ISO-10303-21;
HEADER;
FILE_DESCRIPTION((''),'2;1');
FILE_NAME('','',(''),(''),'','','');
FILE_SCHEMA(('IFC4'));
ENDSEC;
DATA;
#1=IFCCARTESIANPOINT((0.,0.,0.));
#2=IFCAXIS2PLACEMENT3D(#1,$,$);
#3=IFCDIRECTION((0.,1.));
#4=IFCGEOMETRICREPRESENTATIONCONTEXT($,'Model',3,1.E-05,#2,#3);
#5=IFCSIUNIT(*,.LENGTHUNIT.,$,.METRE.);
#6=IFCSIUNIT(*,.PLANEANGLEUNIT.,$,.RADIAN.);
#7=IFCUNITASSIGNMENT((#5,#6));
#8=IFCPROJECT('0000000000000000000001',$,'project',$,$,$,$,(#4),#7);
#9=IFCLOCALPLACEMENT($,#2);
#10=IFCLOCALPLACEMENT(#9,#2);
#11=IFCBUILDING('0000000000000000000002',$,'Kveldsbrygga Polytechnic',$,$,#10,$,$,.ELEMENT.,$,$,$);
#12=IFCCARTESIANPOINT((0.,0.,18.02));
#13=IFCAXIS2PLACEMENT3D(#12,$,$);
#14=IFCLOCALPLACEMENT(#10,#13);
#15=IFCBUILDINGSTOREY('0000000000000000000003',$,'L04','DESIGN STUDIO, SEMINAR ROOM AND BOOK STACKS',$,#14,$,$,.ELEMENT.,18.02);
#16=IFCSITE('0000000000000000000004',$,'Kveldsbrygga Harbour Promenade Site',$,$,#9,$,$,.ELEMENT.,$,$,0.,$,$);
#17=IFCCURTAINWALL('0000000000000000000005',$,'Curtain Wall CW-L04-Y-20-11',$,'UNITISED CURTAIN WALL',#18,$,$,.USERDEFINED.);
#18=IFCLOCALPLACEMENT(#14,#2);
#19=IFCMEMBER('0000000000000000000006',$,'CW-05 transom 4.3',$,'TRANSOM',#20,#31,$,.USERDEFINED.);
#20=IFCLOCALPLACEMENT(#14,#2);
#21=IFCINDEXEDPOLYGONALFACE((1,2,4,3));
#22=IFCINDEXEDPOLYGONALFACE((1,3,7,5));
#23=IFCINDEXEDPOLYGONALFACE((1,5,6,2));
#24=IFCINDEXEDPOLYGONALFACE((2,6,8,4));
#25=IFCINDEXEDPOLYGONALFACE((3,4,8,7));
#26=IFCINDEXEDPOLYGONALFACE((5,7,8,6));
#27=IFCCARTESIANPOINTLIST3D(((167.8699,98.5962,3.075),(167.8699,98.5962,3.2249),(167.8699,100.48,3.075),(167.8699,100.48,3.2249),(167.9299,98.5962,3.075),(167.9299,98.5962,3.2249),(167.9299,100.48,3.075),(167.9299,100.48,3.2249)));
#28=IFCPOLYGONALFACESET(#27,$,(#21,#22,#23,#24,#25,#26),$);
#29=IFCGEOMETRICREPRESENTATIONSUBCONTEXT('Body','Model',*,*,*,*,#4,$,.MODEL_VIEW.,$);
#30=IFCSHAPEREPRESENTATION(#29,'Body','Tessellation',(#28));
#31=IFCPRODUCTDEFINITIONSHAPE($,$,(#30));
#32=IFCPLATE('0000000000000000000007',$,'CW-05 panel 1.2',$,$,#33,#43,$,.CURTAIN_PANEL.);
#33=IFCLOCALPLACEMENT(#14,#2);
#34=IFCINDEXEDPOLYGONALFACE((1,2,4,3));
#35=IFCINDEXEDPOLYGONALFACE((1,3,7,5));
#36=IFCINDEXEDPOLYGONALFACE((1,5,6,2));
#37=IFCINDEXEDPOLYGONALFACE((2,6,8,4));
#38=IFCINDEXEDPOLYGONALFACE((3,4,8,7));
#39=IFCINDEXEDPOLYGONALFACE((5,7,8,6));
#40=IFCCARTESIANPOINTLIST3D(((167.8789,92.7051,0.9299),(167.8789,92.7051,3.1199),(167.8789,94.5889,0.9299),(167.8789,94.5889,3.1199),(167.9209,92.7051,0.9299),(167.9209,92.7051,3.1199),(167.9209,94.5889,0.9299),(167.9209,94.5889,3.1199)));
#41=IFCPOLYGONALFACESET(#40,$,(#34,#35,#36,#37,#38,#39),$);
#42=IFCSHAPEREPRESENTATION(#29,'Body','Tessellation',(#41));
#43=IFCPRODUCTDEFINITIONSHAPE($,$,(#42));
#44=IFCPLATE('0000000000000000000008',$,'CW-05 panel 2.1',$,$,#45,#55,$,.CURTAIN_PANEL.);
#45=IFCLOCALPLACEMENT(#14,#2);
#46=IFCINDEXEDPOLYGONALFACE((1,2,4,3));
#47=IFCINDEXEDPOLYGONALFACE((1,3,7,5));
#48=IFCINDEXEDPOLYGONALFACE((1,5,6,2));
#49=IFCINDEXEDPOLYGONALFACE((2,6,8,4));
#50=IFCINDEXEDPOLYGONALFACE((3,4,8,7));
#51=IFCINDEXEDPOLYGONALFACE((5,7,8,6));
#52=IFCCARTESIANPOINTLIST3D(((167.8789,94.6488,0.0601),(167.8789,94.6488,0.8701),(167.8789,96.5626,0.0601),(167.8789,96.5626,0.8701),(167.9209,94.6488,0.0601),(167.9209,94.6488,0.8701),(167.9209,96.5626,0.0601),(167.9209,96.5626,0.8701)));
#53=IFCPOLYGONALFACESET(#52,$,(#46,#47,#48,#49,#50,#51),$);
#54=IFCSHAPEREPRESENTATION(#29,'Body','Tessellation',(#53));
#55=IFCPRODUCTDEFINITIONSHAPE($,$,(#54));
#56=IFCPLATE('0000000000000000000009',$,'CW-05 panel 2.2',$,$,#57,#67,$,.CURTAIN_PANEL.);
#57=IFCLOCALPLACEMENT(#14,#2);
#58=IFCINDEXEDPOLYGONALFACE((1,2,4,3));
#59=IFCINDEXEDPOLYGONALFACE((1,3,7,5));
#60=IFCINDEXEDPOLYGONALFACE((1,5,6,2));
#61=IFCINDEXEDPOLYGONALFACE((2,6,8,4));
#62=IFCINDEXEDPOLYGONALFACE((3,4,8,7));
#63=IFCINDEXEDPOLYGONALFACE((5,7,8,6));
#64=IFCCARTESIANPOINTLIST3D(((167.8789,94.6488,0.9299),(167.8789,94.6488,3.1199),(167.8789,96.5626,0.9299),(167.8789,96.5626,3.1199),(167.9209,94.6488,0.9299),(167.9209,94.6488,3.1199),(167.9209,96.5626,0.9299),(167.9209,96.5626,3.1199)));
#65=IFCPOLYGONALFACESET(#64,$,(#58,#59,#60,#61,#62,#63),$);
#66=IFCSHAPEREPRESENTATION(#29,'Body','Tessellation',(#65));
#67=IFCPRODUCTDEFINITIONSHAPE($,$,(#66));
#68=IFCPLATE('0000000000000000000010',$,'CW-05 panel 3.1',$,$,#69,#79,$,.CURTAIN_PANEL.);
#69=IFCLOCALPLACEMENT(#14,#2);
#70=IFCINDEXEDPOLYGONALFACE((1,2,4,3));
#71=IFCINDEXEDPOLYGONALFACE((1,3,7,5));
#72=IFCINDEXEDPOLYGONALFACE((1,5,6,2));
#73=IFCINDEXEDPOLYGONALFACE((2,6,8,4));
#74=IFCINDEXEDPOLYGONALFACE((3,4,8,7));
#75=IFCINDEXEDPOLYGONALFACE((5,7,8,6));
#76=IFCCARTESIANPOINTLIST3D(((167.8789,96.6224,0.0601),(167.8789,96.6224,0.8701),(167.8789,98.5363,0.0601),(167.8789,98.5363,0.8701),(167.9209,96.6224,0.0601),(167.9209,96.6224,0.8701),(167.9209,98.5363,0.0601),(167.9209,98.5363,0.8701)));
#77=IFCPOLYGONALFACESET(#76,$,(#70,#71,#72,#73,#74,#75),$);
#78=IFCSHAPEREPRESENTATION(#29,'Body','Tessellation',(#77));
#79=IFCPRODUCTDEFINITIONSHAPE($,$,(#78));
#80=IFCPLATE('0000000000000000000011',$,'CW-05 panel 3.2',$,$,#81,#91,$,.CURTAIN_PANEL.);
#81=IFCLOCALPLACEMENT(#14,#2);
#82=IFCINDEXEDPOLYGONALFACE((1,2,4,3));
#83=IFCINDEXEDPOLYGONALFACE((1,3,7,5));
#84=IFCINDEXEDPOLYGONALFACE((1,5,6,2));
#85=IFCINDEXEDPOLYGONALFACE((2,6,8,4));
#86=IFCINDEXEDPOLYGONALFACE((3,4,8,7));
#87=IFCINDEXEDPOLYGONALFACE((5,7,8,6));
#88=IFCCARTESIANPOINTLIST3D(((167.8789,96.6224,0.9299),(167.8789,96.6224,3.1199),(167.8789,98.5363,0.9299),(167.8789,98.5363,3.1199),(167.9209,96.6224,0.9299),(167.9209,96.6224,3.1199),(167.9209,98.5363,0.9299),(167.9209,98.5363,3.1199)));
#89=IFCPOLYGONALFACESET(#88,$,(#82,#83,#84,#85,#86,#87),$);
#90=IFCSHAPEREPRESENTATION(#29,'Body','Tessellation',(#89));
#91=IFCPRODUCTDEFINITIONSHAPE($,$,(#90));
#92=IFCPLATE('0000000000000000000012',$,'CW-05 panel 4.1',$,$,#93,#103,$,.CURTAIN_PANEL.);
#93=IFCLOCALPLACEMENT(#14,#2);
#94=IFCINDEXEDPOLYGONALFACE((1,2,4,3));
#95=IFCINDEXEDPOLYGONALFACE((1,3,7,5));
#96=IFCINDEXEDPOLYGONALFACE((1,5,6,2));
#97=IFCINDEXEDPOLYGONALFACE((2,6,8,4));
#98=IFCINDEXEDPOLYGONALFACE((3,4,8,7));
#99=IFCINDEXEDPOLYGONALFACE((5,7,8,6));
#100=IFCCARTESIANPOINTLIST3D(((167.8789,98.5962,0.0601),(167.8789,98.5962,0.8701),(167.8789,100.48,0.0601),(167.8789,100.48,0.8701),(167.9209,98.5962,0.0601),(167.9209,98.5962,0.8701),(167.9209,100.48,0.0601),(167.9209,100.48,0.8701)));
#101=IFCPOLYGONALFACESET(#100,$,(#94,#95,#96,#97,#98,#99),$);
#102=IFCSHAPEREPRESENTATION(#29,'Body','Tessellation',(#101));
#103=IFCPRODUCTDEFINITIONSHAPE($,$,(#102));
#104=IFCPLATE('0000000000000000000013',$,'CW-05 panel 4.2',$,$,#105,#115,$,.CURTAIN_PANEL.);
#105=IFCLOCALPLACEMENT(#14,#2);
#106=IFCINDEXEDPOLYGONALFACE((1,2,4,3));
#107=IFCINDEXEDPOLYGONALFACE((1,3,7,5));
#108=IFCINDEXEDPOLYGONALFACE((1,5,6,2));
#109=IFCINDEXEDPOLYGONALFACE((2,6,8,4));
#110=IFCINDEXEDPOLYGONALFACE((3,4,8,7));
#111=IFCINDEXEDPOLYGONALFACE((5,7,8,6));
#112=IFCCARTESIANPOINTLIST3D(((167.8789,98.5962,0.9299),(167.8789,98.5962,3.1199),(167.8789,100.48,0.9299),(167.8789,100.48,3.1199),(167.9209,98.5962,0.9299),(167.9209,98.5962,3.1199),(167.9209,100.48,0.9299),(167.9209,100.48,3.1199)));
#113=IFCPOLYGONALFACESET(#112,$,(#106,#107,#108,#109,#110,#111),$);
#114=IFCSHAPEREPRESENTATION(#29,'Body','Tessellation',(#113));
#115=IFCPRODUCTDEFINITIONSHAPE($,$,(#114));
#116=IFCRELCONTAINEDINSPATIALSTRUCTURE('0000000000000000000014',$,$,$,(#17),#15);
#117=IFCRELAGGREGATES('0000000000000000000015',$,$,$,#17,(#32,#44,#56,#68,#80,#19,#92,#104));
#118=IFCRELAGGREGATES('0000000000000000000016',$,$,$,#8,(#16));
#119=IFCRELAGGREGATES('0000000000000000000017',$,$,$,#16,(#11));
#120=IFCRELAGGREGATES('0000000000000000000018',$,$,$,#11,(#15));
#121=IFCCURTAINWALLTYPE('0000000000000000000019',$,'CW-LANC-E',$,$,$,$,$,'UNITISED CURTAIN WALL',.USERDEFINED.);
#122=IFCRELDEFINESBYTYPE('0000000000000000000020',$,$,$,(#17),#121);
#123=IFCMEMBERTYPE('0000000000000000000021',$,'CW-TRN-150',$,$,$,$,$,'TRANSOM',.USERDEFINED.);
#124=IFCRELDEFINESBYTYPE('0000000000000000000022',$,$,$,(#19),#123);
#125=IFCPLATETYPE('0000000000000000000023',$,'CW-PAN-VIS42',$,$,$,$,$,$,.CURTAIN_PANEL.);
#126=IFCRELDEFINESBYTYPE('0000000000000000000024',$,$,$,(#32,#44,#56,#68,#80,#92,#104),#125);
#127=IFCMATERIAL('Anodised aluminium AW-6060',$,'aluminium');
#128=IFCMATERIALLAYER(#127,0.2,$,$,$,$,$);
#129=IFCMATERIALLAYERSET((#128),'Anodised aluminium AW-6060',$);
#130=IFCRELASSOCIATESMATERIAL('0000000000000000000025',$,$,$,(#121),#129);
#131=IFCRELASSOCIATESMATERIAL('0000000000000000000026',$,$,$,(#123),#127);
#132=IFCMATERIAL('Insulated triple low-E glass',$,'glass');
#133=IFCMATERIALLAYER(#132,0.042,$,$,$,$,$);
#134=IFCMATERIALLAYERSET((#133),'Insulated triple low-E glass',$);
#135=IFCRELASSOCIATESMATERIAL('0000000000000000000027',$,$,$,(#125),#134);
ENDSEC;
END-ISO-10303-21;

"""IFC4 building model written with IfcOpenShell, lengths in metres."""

from ifc_helpers import new_model, si_unit, direction, frame, origin, origin_2d, place, context, subcontext, project, spatial, rectangle, extrude, material, layer, layer_set, material_profile, profile_set, type_object, element, aggregate, save


model = new_model("IFC4")

# Units and contexts
model_context = context("Model", 3, precision=1e-05, world=origin(), true_north=direction((0.0, 1.0)))
body_context = subcontext(model_context, "Body", "Model", "MODEL_VIEW")
ifc_project = project(units=[si_unit("LENGTHUNIT", "METRE"), si_unit("PLANEANGLEUNIT", "RADIAN")], contexts=[model_context])

# Site, building, storey
site_placement = place(None, origin())
site = spatial("IfcSite", under=ifc_project, at=site_placement, Name="Kveldsbrygga Harbour Promenade Site", CompositionType="ELEMENT", RefElevation=0.0)
building_placement = place(site_placement, origin())
building = spatial("IfcBuilding", under=site, at=building_placement, Name="Kveldsbrygga Polytechnic", CompositionType="ELEMENT")
storey_placement = place(building_placement, frame((0.0, 0.0, 18.02)))
storey = spatial("IfcBuildingStorey", under=building, at=storey_placement, Name="L04", Description="DESIGN STUDIO, SEMINAR ROOM AND BOOK STACKS", CompositionType="ELEMENT", Elevation=18.02)

# Curtain wall, member, plates
ifc_material_1 = material(Name="Anodised aluminium AW-6060", Category="aluminium")
ifc_layer_1 = layer(ifc_material_1, 0.2)
ifc_layer_set_1 = layer_set([ifc_layer_1], Name="Anodised aluminium AW-6060")
curtain_wall_type = type_object("IfcCurtainWallType", Name="CW-LANC-E", ElementType="UNITISED CURTAIN WALL", PredefinedType="USERDEFINED", material=ifc_layer_set_1)
curtain_wall_placement = place(storey_placement, origin())
curtain_wall = element("IfcCurtainWall", 1, at=curtain_wall_placement, inside=storey, type_object=curtain_wall_type, Name="Curtain Wall CW-L04-Y-20-11", ObjectType="UNITISED CURTAIN WALL", PredefinedType="USERDEFINED")
ifc_material_profile_1 = material_profile(ifc_material_1, rectangle(XDim=0.0601, YDim=0.1499, at=origin_2d()), Name="ALU 60x150")
ifc_profile_set_1 = profile_set([ifc_material_profile_1], Name="Anodised aluminium AW-6060")
member_type_1 = type_object("IfcMemberType", Name="CW-TRN-150", ElementType="TRANSOM", PredefinedType="USERDEFINED", material=ifc_profile_set_1)
member_1_placement = place(storey_placement, frame((167.8999, 98.5962, 3.1499), z_axis=(0.0, 1.0, 0.0), x_axis=(-1.0, 0.0, 0.0)))
member_1 = element("IfcMember", 2, at=member_1_placement, type_object=member_type_1, Name="CW-05 transom 4.3", ObjectType="TRANSOM", PredefinedType="USERDEFINED", context=body_context, shape_type="SweptSolid", body=[
    extrude(rectangle(XDim=0.0601, YDim=0.1499, at=origin_2d()), origin(), (0.0, 0.0, 1.0), 1.8838),
])
ifc_material_2 = material(Name="Insulated triple low-E glass", Category="glass")
ifc_layer_2 = layer(ifc_material_2, 0.042)
ifc_layer_set_2 = layer_set([ifc_layer_2], Name="Insulated triple low-E glass")
plate_type = type_object("IfcPlateType", Name="CW-PAN-VIS42", PredefinedType="CURTAIN_PANEL", material=ifc_layer_set_2)
plate_1_placement = place(storey_placement, frame((167.8999, 93.647, 0.9299), z_axis=(0.0, 0.0, 1.0), x_axis=(0.0, 1.0, 0.0)))
plate_1 = element("IfcPlate", 3, at=plate_1_placement, type_object=plate_type, Name="CW-05 panel 1.2", PredefinedType="CURTAIN_PANEL", context=body_context, shape_type="SweptSolid", body=[
    extrude(rectangle(XDim=1.8838, YDim=0.042, at=origin_2d()), origin(), (0.0, 0.0, 1.0), 2.1899),
])
plate_2_placement = place(storey_placement, frame((167.8999, 95.6057, 0.0601), z_axis=(0.0, 0.0, 1.0), x_axis=(0.0, 1.0, 0.0)))
plate_2 = element("IfcPlate", 4, at=plate_2_placement, type_object=plate_type, Name="CW-05 panel 2.1", PredefinedType="CURTAIN_PANEL", context=body_context, shape_type="SweptSolid", body=[
    extrude(rectangle(XDim=1.9138, YDim=0.042, at=origin_2d()), origin(), (0.0, 0.0, 1.0), 0.8101),
])
plate_3_placement = place(storey_placement, frame((167.8999, 95.6057, 0.9299), z_axis=(0.0, 0.0, 1.0), x_axis=(0.0, 1.0, 0.0)))
plate_3 = element("IfcPlate", 5, at=plate_3_placement, type_object=plate_type, Name="CW-05 panel 2.2", PredefinedType="CURTAIN_PANEL", context=body_context, shape_type="SweptSolid", body=[
    extrude(rectangle(XDim=1.9138, YDim=0.042, at=origin_2d()), origin(), (0.0, 0.0, 1.0), 2.1899),
])
plate_4_placement = place(storey_placement, frame((167.8999, 97.5793, 0.0601), z_axis=(0.0, 0.0, 1.0), x_axis=(0.0, 1.0, 0.0)))
plate_4 = element("IfcPlate", 6, at=plate_4_placement, type_object=plate_type, Name="CW-05 panel 3.1", PredefinedType="CURTAIN_PANEL", context=body_context, shape_type="SweptSolid", body=[
    extrude(rectangle(XDim=1.9138, YDim=0.042, at=origin_2d()), origin(), (0.0, 0.0, 1.0), 0.8101),
])
plate_5_placement = place(storey_placement, frame((167.8999, 97.5793, 0.9299), z_axis=(0.0, 0.0, 1.0), x_axis=(0.0, 1.0, 0.0)))
plate_5 = element("IfcPlate", 7, at=plate_5_placement, type_object=plate_type, Name="CW-05 panel 3.2", PredefinedType="CURTAIN_PANEL", context=body_context, shape_type="SweptSolid", body=[
    extrude(rectangle(XDim=1.9138, YDim=0.042, at=origin_2d()), origin(), (0.0, 0.0, 1.0), 2.1899),
])
plate_6_placement = place(storey_placement, frame((167.8999, 99.5381, 0.0601), z_axis=(0.0, 0.0, 1.0), x_axis=(0.0, 1.0, 0.0)))
plate_6 = element("IfcPlate", 8, at=plate_6_placement, type_object=plate_type, Name="CW-05 panel 4.1", PredefinedType="CURTAIN_PANEL", context=body_context, shape_type="SweptSolid", body=[
    extrude(rectangle(XDim=1.8838, YDim=0.042, at=origin_2d()), origin(), (0.0, 0.0, 1.0), 0.8101),
])
plate_7_placement = place(storey_placement, frame((167.8999, 99.5381, 0.9299), z_axis=(0.0, 0.0, 1.0), x_axis=(0.0, 1.0, 0.0)))
plate_7 = element("IfcPlate", 9, at=plate_7_placement, type_object=plate_type, Name="CW-05 panel 4.2", PredefinedType="CURTAIN_PANEL", context=body_context, shape_type="SweptSolid", body=[
    extrude(rectangle(XDim=1.8838, YDim=0.042, at=origin_2d()), origin(), (0.0, 0.0, 1.0), 2.1899),
])
aggregate(curtain_wall, [plate_1, plate_2, plate_3, plate_4, plate_5, member_1, plate_6, plate_7])

save(model, "model.ifc")
